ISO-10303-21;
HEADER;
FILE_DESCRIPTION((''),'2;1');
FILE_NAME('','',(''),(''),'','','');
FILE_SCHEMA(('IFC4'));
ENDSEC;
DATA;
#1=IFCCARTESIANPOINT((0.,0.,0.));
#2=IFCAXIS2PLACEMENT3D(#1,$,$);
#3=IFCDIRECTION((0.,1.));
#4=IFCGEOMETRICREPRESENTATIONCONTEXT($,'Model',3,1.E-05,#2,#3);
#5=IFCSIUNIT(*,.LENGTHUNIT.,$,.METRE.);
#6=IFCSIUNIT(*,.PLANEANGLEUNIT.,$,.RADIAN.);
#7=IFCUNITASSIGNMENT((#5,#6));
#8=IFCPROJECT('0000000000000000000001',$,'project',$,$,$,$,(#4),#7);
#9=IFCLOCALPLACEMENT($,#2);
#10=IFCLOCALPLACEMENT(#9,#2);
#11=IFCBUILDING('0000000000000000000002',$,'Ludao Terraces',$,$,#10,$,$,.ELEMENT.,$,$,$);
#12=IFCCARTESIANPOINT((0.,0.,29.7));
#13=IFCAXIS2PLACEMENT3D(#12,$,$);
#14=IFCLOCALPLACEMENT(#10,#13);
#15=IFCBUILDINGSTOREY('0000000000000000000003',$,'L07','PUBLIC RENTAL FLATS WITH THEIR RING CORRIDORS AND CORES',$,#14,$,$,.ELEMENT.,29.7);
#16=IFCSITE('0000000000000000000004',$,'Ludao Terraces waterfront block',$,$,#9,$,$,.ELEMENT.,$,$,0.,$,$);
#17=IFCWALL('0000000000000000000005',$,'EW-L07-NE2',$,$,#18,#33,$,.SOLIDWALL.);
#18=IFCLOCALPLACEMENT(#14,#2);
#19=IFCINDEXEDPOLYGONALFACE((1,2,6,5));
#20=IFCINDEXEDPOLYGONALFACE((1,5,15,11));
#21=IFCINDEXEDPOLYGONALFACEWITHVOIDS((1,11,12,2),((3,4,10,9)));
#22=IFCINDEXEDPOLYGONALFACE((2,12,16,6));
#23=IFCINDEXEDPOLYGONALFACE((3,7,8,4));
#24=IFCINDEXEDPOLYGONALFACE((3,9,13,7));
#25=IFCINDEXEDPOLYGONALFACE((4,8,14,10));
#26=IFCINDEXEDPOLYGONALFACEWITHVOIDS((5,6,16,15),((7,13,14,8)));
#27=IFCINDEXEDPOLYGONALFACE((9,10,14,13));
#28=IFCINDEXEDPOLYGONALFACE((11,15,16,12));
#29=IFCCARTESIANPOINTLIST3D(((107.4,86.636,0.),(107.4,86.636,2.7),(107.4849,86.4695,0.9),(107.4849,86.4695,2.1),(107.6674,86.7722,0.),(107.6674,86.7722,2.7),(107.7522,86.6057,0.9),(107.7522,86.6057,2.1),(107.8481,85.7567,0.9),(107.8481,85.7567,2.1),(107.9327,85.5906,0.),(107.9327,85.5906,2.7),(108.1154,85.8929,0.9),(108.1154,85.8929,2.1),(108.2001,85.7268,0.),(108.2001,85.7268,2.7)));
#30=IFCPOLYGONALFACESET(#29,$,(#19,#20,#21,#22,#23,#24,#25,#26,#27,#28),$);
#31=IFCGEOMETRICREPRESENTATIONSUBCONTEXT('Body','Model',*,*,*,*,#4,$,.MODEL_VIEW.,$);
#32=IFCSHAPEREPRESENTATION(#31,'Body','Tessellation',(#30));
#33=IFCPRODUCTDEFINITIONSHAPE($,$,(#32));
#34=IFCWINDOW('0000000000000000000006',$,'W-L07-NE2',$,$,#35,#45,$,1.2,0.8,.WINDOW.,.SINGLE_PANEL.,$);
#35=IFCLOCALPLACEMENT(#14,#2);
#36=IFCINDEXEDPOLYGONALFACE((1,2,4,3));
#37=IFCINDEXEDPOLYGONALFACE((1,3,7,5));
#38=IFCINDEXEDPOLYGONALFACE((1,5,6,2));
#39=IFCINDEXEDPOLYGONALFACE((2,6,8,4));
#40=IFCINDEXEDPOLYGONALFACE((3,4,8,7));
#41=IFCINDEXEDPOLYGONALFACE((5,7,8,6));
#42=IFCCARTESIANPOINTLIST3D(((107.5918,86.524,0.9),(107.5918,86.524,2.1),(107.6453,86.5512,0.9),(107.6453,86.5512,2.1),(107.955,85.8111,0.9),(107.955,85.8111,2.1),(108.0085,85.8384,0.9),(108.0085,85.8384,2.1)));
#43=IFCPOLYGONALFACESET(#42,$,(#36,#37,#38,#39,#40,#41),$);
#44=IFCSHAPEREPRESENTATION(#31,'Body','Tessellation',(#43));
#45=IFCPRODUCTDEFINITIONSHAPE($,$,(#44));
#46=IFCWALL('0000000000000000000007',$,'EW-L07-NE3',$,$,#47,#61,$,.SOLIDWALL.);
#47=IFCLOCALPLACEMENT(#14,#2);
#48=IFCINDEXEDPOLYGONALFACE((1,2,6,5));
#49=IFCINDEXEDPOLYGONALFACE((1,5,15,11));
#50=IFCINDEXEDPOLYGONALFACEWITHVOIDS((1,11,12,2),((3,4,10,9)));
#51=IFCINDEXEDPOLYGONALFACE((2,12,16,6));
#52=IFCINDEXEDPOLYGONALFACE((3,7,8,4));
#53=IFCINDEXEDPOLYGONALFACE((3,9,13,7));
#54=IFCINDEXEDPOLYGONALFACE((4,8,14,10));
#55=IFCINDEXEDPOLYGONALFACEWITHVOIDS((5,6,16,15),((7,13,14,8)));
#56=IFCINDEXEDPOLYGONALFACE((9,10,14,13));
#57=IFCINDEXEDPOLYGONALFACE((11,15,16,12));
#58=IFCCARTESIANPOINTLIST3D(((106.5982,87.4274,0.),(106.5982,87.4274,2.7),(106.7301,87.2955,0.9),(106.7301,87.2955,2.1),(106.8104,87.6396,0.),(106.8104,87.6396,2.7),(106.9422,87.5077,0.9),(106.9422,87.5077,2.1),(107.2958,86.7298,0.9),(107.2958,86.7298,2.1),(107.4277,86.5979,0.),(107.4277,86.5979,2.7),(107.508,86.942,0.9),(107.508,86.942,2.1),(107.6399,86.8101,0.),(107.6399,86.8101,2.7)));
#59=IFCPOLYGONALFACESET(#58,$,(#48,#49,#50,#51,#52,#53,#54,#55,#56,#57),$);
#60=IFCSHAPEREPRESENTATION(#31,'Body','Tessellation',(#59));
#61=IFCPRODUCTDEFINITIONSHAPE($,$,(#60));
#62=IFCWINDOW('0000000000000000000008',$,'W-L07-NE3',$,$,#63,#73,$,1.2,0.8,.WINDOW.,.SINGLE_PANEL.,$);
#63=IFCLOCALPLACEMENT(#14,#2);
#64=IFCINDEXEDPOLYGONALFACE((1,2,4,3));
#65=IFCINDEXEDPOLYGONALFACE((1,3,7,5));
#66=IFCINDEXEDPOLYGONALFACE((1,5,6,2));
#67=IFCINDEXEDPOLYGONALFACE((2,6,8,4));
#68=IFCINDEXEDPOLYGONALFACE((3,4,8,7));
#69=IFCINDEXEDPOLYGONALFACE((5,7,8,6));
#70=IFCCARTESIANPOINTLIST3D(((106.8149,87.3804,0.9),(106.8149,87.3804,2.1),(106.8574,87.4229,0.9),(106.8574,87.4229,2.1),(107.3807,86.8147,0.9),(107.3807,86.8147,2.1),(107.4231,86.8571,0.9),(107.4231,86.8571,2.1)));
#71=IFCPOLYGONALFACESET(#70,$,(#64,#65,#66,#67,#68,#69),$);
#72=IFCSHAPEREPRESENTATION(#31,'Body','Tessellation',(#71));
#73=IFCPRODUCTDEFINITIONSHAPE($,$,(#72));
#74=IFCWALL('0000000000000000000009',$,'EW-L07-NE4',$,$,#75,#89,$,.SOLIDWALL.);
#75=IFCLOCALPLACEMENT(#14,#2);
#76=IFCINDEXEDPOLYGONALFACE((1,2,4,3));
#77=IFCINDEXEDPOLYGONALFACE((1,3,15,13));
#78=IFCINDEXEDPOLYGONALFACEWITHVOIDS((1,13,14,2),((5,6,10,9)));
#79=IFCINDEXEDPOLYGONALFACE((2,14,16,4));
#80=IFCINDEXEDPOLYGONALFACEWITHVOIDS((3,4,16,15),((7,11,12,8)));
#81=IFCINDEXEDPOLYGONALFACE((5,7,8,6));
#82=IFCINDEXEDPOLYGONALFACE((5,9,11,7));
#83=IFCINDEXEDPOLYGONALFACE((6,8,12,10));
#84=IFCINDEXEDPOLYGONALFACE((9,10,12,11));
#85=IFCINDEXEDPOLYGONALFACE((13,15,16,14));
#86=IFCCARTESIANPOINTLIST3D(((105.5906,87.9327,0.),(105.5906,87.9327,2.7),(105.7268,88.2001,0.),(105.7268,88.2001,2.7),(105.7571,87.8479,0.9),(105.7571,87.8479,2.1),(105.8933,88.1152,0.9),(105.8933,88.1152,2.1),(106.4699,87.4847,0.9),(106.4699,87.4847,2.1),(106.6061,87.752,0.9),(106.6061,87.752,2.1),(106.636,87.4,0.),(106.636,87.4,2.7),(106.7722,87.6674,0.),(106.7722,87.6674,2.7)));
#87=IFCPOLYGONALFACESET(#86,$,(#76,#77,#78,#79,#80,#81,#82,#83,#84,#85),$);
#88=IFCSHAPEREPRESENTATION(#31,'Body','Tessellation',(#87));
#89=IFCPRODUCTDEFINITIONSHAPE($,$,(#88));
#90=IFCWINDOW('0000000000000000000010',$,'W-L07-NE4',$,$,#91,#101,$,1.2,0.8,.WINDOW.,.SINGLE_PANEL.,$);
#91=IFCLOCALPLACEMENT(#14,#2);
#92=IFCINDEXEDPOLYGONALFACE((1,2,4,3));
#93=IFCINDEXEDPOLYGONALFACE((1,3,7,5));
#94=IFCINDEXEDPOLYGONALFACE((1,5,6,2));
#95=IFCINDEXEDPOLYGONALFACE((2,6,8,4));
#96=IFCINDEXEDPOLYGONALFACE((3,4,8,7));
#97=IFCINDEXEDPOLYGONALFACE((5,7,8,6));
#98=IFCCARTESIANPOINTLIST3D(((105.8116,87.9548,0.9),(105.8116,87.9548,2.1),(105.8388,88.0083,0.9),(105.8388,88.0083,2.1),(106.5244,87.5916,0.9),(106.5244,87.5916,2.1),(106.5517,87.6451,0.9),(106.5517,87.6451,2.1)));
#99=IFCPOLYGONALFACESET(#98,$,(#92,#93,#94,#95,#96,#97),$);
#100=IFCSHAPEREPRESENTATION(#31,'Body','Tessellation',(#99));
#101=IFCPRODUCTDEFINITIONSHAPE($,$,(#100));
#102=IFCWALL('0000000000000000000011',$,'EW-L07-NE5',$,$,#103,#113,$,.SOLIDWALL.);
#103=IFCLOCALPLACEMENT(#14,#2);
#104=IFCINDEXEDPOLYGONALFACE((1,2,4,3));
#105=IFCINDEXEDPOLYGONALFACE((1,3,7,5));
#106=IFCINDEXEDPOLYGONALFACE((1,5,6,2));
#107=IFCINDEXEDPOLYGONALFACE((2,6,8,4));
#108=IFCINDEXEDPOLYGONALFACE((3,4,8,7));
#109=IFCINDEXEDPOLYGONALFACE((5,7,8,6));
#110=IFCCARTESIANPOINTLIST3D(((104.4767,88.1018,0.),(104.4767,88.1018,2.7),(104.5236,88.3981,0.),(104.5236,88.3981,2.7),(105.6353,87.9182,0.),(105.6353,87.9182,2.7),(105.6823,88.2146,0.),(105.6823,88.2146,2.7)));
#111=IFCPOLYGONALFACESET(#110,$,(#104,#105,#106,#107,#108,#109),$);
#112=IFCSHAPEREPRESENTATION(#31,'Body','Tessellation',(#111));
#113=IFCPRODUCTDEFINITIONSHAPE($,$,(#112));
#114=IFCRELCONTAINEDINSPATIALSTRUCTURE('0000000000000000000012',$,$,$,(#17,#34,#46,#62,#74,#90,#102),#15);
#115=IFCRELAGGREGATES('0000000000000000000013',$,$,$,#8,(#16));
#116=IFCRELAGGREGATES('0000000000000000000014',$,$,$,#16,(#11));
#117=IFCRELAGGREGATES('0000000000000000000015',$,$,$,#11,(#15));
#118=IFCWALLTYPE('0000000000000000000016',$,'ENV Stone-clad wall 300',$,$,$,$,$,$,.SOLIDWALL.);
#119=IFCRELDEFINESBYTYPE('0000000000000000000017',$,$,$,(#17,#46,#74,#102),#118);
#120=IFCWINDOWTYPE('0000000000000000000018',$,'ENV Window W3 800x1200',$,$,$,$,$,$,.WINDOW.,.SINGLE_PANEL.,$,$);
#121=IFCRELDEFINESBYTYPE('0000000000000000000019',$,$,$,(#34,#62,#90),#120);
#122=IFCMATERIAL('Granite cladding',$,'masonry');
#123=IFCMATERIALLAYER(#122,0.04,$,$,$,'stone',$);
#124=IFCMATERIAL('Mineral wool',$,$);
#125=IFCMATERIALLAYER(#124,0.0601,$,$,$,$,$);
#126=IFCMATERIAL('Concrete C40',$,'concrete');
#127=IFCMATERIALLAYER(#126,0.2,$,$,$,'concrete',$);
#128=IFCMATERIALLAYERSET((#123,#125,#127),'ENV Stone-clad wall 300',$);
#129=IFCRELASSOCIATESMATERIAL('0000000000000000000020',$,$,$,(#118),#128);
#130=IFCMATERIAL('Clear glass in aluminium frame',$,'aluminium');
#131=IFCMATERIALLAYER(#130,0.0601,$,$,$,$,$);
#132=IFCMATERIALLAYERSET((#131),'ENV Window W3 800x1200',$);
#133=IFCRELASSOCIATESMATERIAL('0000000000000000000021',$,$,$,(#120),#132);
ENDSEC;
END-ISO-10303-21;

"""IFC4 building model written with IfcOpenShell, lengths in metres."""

from ifc_helpers import new_model, si_unit, direction, frame, frame_2d, origin, place, context, subcontext, project, spatial, rectangle, extrude, material, layer, layer_set, type_object, element, fill, save


model = new_model("IFC4")

# Units and contexts
model_context = context("Model", 3, precision=1e-05, world=origin(), true_north=direction((0.0, 1.0)))
body_context = subcontext(model_context, "Body", "Model", "MODEL_VIEW")
ifc_project = project(units=[si_unit("LENGTHUNIT", "METRE"), si_unit("PLANEANGLEUNIT", "RADIAN")], contexts=[model_context])

# Site, building, storey
site_placement = place(None, origin())
site = spatial("IfcSite", under=ifc_project, at=site_placement, Name="Ludao Terraces waterfront block", CompositionType="ELEMENT", RefElevation=0.0)
building_placement = place(site_placement, origin())
building = spatial("IfcBuilding", under=site, at=building_placement, Name="Ludao Terraces", CompositionType="ELEMENT")
storey_placement = place(building_placement, frame((0.0, 0.0, 29.7)))
storey = spatial("IfcBuildingStorey", under=building, at=storey_placement, Name="L07", Description="PUBLIC RENTAL FLATS WITH THEIR RING CORRIDORS AND CORES", CompositionType="ELEMENT", Elevation=29.7)

# Shared definitions
ifc_material_1 = material(Name="Concrete C40", Category="concrete")

# Shared definitions
ifc_material_2 = material(Name="Granite cladding", Category="masonry")
ifc_layer_1 = layer(ifc_material_2, 0.04, Category="stone")
ifc_material_3 = material(Name="Mineral wool")
ifc_layer_2 = layer(ifc_material_3, 0.0601)
ifc_layer_3 = layer(ifc_material_1, 0.2, Category="concrete")
ifc_layer_set_1 = layer_set([ifc_layer_1, ifc_layer_2, ifc_layer_3], Name="ENV Stone-clad wall 300")
wall_type_1 = type_object("IfcWallType", Name="ENV Stone-clad wall 300", PredefinedType="SOLIDWALL", material=ifc_layer_set_1)
ifc_material_4 = material(Name="Clear glass in aluminium frame", Category="aluminium")

# Walls, openings, windows
wall_1_placement = place(storey_placement, frame((108.0664, 85.6587, 0.0), z_axis=(0.0, 0.0, 1.0), x_axis=(-0.454026, 0.890989, 0.0)))
wall_1 = element("IfcWall", 1, at=wall_1_placement, inside=storey, type_object=wall_type_1, Name="EW-L07-NE2", PredefinedType="SOLIDWALL", context=body_context, shape_type="SweptSolid", body=[
    extrude(rectangle(XDim=1.1733, YDim=0.3, at=frame_2d((0.5867, 0.0))), origin(), (0.0, 0.0, 1.0), 2.7),
])
opening_1_placement = place(wall_1_placement, frame((0.1865, 0.0, 0.8999)))
opening_1 = element("IfcOpeningElement", 2, at=opening_1_placement, cuts=wall_1, PredefinedType="OPENING", context=body_context, shape_type="SweptSolid", body=[
    extrude(rectangle(XDim=0.8, YDim=1.2, at=frame_2d((0.3999, 0.6001))), frame((0.0, 0.1602, 0.0), z_axis=(0.0, -1.0, 0.0), x_axis=(1.0, 0.0, 0.0)), (0.0, 0.0, 1.0), 0.3201),
])
ifc_layer_4 = layer(ifc_material_4, 0.0601)
ifc_layer_set_2 = layer_set([ifc_layer_4], Name="ENV Window W3 800x1200")
window_type_1 = type_object("IfcWindowType", Name="ENV Window W3 800x1200", PartitioningType="SINGLE_PANEL", PredefinedType="WINDOW", material=ifc_layer_set_2)
window_1_placement = place(opening_1_placement, origin())
window_1 = element("IfcWindow", 3, at=window_1_placement, inside=storey, type_object=window_type_1, Name="W-L07-NE2", OverallHeight=1.2, OverallWidth=0.8, PartitioningType="SINGLE_PANEL", PredefinedType="WINDOW", context=body_context, shape_type="SweptSolid", body=[
    extrude(rectangle(XDim=0.8, YDim=1.2, at=frame_2d((0.3999, 0.6001))), frame((0.0, 0.03, 0.0), z_axis=(0.0, -1.0, 0.0), x_axis=(1.0, 0.0, 0.0)), (0.0, 0.0, 1.0), 0.0601),
])
fill(opening_1, window_1)
wall_2_placement = place(storey_placement, frame((107.5337, 86.7041, 0.0), z_axis=(0.0, 0.0, 1.0), x_axis=(-0.707107, 0.707107, 0.0)))
wall_2 = element("IfcWall", 4, at=wall_2_placement, inside=storey, type_object=wall_type_1, Name="EW-L07-NE3", PredefinedType="SOLIDWALL", context=body_context, shape_type="SweptSolid", body=[
    extrude(rectangle(XDim=1.1731, YDim=0.3, at=frame_2d((0.5864, 0.0))), origin(), (0.0, 0.0, 1.0), 2.7),
])
opening_2_placement = place(wall_2_placement, frame((0.1865, 0.0, 0.8999)))
opening_2 = element("IfcOpeningElement", 5, at=opening_2_placement, cuts=wall_2, PredefinedType="OPENING", context=body_context, shape_type="SweptSolid", body=[
    extrude(rectangle(XDim=0.8, YDim=1.2, at=frame_2d((0.3999, 0.6001))), frame((0.0, 0.1602, 0.0), z_axis=(0.0, -1.0, 0.0), x_axis=(1.0, 0.0, 0.0)), (0.0, 0.0, 1.0), 0.3201),
])
window_2_placement = place(opening_2_placement, origin())
window_2 = element("IfcWindow", 6, at=window_2_placement, inside=storey, type_object=window_type_1, Name="W-L07-NE3", OverallHeight=1.2, OverallWidth=0.8, PartitioningType="SINGLE_PANEL", PredefinedType="WINDOW", context=body_context, shape_type="SweptSolid", body=[
    extrude(rectangle(XDim=0.8, YDim=1.2, at=frame_2d((0.3999, 0.6001))), frame((0.0, 0.03, 0.0), z_axis=(0.0, -1.0, 0.0), x_axis=(1.0, 0.0, 0.0)), (0.0, 0.0, 1.0), 0.0601),
])
fill(opening_2, window_2)
wall_3_placement = place(storey_placement, frame((106.7041, 87.5337, 0.0), z_axis=(0.0, 0.0, 1.0), x_axis=(-0.890989, 0.454026, 0.0)))
wall_3 = element("IfcWall", 7, at=wall_3_placement, inside=storey, type_object=wall_type_1, Name="EW-L07-NE4", PredefinedType="SOLIDWALL", context=body_context, shape_type="SweptSolid", body=[
    extrude(rectangle(XDim=1.1733, YDim=0.3, at=frame_2d((0.5867, 0.0))), origin(), (0.0, 0.0, 1.0), 2.7),
])
opening_3_placement = place(wall_3_placement, frame((0.1865, 0.0, 0.8999)))
opening_3 = element("IfcOpeningElement", 8, at=opening_3_placement, cuts=wall_3, PredefinedType="OPENING", context=body_context, shape_type="SweptSolid", body=[
    extrude(rectangle(XDim=0.8, YDim=1.2, at=frame_2d((0.3999, 0.6001))), frame((0.0, 0.1602, 0.0), z_axis=(0.0, -1.0, 0.0), x_axis=(1.0, 0.0, 0.0)), (0.0, 0.0, 1.0), 0.3201),
])
window_3_placement = place(opening_3_placement, origin())
window_3 = element("IfcWindow", 9, at=window_3_placement, inside=storey, type_object=window_type_1, Name="W-L07-NE4", OverallHeight=1.2, OverallWidth=0.8, PartitioningType="SINGLE_PANEL", PredefinedType="WINDOW", context=body_context, shape_type="SweptSolid", body=[
    extrude(rectangle(XDim=0.8, YDim=1.2, at=frame_2d((0.3999, 0.6001))), frame((0.0, 0.03, 0.0), z_axis=(0.0, -1.0, 0.0), x_axis=(1.0, 0.0, 0.0)), (0.0, 0.0, 1.0), 0.0601),
])
fill(opening_3, window_3)

# Wall
wall_4_placement = place(storey_placement, frame((105.6587, 88.0664, 0.0), z_axis=(0.0, 0.0, 1.0), x_axis=(-0.987678, 0.156497, 0.0)))
element("IfcWall", 10, at=wall_4_placement, inside=storey, type_object=wall_type_1, Name="EW-L07-NE5", PredefinedType="SOLIDWALL", context=body_context, shape_type="SweptSolid", body=[
    extrude(rectangle(XDim=1.1731, YDim=0.3, at=frame_2d((0.5864, 0.0))), origin(), (0.0, 0.0, 1.0), 2.7),
])

save(model, "model.ifc")
